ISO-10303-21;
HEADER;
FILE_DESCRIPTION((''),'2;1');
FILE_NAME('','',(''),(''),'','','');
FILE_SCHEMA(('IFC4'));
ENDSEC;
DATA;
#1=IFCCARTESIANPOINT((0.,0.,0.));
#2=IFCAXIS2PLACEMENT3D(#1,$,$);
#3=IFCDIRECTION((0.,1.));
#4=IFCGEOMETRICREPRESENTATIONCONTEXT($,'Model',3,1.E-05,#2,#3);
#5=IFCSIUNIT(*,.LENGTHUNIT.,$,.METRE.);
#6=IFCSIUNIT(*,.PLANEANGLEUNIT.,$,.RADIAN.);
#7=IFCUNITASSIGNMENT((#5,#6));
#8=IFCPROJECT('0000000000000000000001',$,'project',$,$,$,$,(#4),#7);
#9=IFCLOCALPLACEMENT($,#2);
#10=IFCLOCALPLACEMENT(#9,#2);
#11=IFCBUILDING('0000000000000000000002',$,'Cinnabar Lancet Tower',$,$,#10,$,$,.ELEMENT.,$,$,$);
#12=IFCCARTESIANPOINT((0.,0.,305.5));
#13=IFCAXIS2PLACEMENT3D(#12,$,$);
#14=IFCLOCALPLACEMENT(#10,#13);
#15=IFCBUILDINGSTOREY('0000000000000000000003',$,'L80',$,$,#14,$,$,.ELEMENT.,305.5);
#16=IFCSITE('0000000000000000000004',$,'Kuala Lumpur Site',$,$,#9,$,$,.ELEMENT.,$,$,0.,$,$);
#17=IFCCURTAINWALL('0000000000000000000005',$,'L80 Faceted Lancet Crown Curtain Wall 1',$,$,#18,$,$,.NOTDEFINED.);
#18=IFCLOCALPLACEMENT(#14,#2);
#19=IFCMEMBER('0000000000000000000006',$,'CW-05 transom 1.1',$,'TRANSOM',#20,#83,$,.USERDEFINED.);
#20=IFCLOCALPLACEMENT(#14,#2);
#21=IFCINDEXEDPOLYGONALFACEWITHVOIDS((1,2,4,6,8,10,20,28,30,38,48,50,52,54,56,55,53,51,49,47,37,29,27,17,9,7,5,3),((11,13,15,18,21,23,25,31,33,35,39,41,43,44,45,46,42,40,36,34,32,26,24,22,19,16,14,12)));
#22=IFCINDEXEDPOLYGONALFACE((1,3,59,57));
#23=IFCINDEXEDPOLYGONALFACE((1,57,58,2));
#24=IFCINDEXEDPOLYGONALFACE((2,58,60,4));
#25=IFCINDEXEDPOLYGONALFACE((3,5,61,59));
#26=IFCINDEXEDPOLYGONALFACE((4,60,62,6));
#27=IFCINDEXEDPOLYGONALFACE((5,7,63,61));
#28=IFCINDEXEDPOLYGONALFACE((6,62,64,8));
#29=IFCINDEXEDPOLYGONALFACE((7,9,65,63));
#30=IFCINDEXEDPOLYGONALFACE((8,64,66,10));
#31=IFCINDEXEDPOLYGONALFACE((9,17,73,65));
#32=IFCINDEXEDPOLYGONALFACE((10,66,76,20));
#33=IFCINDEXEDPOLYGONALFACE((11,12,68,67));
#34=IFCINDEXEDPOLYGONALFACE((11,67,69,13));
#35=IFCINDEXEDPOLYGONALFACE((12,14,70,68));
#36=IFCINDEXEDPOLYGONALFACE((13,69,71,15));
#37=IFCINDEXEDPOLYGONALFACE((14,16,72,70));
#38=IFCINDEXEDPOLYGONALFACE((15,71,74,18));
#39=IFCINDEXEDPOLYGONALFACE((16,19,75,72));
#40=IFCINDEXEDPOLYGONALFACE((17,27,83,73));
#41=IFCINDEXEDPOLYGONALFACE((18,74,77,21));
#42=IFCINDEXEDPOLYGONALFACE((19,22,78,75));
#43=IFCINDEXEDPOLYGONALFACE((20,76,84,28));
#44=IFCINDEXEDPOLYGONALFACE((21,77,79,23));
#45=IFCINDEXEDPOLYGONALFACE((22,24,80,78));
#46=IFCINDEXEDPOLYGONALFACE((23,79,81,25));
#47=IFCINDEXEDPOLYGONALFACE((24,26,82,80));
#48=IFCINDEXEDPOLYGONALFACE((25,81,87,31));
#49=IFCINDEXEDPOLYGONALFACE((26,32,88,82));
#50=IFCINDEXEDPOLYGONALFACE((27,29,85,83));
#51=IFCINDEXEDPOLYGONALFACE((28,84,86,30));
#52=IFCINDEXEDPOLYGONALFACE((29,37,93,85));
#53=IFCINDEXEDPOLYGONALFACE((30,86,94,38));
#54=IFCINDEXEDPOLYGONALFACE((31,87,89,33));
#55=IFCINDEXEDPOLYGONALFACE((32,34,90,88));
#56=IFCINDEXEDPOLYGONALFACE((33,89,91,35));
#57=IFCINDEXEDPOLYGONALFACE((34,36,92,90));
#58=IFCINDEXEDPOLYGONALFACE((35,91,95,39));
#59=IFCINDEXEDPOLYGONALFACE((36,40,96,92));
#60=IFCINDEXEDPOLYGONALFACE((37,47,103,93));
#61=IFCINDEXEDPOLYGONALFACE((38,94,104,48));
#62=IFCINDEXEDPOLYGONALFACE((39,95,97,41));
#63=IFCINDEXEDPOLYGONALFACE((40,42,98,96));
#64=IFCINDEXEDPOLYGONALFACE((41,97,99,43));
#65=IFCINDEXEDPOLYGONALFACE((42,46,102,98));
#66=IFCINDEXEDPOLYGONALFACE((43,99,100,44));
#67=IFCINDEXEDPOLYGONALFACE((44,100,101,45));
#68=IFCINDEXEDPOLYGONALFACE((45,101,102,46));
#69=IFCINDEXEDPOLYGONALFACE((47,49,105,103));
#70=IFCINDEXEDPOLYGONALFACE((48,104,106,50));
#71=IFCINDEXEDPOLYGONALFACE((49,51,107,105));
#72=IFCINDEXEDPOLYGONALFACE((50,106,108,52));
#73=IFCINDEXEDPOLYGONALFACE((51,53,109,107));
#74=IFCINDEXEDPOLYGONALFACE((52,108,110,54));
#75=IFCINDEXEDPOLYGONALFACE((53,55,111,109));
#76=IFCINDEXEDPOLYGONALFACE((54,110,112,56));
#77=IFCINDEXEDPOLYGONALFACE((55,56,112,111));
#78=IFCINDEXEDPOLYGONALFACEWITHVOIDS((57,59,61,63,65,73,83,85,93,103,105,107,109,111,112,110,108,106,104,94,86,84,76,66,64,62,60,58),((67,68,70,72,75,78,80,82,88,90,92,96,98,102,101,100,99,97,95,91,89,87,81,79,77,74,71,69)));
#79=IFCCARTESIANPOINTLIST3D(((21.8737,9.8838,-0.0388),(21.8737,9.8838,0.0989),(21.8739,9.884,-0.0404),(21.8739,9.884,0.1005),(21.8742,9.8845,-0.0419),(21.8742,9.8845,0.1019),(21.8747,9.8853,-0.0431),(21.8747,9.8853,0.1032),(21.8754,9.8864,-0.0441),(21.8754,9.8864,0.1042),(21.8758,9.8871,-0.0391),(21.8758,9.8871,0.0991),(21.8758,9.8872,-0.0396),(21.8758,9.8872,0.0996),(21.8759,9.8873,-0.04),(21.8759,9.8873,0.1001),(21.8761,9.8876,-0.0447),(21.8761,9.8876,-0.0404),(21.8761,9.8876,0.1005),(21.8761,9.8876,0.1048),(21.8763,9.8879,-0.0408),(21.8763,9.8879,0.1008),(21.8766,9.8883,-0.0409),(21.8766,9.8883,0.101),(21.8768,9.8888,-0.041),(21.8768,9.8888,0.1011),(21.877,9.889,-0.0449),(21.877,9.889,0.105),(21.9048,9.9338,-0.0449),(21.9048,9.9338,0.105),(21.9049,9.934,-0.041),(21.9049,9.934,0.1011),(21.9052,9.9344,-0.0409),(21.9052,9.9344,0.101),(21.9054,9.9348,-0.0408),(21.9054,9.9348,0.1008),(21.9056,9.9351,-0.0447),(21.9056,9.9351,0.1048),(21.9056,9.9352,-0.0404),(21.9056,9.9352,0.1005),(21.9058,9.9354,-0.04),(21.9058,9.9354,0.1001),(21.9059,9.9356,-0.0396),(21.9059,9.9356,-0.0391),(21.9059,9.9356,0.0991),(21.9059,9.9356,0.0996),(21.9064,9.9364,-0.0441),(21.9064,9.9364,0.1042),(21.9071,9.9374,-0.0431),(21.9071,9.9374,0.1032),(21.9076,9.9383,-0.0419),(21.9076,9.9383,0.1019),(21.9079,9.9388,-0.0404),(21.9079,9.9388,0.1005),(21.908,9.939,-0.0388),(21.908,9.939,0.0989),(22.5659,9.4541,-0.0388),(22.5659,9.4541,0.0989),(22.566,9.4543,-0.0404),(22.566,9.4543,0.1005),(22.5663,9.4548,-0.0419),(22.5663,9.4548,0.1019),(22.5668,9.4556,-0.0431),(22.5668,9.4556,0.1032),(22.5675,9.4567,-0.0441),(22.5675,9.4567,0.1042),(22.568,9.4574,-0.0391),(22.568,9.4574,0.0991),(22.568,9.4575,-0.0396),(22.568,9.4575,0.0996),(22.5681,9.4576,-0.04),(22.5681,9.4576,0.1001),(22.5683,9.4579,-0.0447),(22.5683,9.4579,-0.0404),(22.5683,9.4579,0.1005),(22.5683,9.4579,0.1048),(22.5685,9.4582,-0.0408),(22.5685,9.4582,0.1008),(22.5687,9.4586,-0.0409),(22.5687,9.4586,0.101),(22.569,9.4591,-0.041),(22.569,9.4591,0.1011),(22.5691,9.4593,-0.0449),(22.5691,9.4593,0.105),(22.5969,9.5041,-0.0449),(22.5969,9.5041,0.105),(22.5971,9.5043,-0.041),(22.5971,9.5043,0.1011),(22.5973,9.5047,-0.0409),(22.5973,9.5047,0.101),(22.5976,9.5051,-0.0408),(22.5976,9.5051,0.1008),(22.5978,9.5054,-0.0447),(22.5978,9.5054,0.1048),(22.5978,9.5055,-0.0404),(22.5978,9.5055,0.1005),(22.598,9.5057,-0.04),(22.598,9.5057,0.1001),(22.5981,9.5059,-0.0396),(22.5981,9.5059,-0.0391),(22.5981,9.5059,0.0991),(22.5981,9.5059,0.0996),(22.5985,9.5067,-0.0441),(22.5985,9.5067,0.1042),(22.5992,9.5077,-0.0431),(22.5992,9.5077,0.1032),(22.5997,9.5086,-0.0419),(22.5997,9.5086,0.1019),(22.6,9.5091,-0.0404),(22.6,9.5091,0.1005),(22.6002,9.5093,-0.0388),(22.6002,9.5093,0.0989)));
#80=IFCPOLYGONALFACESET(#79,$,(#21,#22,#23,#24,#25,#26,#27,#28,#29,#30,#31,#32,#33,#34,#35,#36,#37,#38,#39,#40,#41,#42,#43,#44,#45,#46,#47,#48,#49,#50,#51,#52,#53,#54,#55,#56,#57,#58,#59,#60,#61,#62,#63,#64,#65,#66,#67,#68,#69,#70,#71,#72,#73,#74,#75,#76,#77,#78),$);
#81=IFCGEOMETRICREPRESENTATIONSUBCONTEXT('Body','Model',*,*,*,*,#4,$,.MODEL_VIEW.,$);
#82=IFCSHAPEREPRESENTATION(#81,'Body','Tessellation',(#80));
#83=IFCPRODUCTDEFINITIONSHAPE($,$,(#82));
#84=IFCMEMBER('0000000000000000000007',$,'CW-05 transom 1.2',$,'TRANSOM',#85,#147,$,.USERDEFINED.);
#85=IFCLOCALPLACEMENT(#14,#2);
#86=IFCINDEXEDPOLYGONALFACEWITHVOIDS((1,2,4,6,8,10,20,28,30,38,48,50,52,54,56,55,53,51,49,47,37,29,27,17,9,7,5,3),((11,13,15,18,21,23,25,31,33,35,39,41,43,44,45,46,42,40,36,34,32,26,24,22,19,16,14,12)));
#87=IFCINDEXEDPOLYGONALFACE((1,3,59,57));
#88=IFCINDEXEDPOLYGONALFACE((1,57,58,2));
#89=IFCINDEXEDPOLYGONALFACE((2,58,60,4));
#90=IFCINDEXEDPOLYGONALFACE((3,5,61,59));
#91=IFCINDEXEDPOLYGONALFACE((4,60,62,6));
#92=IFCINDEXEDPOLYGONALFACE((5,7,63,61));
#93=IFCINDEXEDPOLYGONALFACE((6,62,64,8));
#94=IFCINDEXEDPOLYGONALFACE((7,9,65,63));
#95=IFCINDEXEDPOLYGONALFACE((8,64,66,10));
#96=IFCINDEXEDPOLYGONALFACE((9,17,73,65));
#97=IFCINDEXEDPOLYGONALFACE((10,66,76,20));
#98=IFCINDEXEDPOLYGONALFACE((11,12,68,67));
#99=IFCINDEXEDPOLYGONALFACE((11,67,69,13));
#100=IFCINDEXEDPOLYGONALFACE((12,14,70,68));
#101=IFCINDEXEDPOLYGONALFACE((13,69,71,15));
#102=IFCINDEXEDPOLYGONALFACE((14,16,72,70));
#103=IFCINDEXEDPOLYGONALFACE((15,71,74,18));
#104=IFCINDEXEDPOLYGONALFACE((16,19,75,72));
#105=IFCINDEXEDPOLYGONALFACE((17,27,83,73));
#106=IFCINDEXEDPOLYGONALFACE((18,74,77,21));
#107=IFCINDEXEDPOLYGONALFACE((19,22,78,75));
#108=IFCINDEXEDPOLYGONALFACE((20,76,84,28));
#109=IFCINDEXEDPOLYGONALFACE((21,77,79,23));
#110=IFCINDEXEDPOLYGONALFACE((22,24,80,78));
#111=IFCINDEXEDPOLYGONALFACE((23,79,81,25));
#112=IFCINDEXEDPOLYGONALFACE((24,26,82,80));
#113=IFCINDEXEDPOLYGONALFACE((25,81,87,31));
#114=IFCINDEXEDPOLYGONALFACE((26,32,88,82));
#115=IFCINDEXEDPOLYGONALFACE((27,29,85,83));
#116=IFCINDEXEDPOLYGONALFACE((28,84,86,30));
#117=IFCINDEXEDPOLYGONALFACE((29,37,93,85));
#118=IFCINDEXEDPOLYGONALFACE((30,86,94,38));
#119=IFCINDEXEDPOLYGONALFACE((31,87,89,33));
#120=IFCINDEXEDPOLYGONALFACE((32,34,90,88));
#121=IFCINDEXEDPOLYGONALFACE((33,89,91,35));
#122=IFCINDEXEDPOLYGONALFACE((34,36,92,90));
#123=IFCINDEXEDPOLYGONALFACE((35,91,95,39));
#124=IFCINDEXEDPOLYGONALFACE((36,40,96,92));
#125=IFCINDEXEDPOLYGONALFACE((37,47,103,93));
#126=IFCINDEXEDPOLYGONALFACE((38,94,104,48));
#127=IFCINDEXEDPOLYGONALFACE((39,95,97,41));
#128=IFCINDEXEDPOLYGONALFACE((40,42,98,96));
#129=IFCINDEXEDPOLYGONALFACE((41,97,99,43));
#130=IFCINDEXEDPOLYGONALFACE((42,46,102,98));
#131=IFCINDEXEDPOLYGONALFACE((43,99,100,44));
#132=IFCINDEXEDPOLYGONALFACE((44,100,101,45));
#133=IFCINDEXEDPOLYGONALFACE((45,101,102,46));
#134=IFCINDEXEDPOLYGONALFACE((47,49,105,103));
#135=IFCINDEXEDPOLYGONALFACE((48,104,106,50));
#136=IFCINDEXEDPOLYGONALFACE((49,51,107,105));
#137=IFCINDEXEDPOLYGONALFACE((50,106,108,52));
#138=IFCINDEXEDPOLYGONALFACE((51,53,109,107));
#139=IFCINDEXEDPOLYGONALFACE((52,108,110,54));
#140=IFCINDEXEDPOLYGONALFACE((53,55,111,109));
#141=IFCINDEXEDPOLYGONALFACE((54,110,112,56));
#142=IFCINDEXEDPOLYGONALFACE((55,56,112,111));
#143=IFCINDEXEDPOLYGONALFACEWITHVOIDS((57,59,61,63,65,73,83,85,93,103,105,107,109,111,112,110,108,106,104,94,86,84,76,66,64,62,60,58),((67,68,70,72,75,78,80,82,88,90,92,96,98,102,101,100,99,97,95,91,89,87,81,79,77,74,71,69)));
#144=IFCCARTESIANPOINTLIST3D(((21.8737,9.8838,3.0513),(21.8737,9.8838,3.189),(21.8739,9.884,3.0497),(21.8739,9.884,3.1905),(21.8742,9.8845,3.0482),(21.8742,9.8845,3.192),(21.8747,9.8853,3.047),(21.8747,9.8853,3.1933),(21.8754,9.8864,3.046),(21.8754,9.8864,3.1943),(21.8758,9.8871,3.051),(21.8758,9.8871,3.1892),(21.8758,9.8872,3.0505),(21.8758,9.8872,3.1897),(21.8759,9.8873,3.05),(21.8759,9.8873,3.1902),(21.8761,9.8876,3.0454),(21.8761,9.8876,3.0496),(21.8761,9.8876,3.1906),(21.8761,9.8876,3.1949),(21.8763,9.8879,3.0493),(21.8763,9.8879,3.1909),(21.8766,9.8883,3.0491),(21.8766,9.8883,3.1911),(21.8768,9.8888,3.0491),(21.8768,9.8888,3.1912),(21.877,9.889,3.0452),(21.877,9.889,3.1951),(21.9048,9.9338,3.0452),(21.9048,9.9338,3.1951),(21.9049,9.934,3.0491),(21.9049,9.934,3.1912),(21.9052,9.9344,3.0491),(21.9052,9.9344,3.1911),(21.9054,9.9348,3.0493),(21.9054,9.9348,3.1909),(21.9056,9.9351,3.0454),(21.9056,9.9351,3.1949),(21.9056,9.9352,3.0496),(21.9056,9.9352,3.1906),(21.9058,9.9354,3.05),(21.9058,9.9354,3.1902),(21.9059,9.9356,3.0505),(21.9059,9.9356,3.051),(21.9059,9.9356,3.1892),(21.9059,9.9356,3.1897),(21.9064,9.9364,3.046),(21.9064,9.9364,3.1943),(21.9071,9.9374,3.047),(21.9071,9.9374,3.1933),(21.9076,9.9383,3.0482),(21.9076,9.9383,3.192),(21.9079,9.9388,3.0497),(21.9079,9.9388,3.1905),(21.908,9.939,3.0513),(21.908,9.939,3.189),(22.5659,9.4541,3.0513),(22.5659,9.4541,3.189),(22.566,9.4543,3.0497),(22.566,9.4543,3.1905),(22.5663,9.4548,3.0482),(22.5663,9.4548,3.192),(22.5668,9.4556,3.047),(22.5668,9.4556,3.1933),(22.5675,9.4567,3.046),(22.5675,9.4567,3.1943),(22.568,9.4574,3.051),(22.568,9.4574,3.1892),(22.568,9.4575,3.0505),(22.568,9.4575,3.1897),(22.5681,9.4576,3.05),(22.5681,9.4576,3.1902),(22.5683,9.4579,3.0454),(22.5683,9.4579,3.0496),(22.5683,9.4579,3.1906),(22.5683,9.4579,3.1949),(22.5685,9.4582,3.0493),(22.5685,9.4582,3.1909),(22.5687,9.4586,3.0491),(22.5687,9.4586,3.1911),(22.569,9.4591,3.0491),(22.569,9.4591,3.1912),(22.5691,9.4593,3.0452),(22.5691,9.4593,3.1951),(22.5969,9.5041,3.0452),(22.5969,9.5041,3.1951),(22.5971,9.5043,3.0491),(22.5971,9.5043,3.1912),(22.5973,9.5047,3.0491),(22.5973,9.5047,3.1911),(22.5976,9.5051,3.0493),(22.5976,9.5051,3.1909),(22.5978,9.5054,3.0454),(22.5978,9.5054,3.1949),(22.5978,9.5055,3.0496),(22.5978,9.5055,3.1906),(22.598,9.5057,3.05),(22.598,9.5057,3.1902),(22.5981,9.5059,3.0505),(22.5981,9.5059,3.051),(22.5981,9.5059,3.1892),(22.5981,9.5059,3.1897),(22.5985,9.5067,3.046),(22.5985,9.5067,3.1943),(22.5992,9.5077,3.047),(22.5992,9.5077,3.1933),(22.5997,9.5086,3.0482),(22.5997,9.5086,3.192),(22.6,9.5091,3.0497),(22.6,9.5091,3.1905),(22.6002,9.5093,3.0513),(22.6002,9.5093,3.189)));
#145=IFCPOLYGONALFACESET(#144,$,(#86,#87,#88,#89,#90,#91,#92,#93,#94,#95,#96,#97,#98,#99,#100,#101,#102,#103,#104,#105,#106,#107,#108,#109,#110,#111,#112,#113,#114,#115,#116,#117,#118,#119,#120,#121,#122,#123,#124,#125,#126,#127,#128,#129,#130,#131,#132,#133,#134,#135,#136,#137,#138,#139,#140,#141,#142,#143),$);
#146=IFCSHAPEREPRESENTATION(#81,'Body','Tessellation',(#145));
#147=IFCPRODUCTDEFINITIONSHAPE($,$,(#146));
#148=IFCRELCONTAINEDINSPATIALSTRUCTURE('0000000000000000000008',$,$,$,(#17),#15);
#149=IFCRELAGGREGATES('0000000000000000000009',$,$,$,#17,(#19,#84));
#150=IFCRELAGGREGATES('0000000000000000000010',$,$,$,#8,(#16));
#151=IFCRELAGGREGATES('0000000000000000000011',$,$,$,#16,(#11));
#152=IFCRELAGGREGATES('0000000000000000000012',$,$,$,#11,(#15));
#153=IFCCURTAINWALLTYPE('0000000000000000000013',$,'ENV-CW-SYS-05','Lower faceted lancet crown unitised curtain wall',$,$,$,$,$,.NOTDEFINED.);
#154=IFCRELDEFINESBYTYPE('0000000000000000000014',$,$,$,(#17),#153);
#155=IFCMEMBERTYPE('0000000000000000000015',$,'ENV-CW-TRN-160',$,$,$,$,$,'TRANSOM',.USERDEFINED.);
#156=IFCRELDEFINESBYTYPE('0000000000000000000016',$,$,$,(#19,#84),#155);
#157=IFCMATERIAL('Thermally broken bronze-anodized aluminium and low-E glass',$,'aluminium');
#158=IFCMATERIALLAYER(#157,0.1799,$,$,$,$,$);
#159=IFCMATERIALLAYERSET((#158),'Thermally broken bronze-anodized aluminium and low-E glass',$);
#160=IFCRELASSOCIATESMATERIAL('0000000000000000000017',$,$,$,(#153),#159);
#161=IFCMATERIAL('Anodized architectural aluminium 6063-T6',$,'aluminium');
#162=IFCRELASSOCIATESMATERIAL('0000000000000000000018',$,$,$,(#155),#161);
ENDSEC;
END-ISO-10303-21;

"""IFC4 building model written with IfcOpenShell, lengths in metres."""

from ifc_helpers import new_model, si_unit, direction, frame, origin, origin_2d, place, context, subcontext, project, spatial, hollow_rectangle, extrude, material, layer, layer_set, material_profile, profile_set, type_object, element, aggregate, save


model = new_model("IFC4")

# Units and contexts
model_context = context("Model", 3, precision=1e-05, world=origin(), true_north=direction((0.0, 1.0)))
body_context = subcontext(model_context, "Body", "Model", "MODEL_VIEW")
ifc_project = project(units=[si_unit("LENGTHUNIT", "METRE"), si_unit("PLANEANGLEUNIT", "RADIAN")], contexts=[model_context])

# Site, building, storey
site_placement = place(None, origin())
site = spatial("IfcSite", under=ifc_project, at=site_placement, Name="Kuala Lumpur Site", CompositionType="ELEMENT", RefElevation=0.0)
building_placement = place(site_placement, origin())
building = spatial("IfcBuilding", under=site, at=building_placement, Name="Cinnabar Lancet Tower", CompositionType="ELEMENT")
storey_placement = place(building_placement, frame((0.0, 0.0, 305.5)))
storey = spatial("IfcBuildingStorey", under=building, at=storey_placement, Name="L80", CompositionType="ELEMENT", Elevation=305.5)

# Curtain wall
ifc_material_1 = material(Name="Thermally broken bronze-anodized aluminium and low-E glass", Category="aluminium")
ifc_layer_1 = layer(ifc_material_1, 0.1799)
ifc_layer_set_1 = layer_set([ifc_layer_1], Name="Thermally broken bronze-anodized aluminium and low-E glass")
curtain_wall_type = type_object("IfcCurtainWallType", Name="ENV-CW-SYS-05", Description="Lower faceted lancet crown unitised curtain wall", PredefinedType="NOTDEFINED", material=ifc_layer_set_1)
curtain_wall_1_placement = place(storey_placement, origin())
curtain_wall_1 = element("IfcCurtainWall", 1, at=curtain_wall_1_placement, inside=storey, type_object=curtain_wall_type, Name="L80 Faceted Lancet Crown Curtain Wall 1", PredefinedType="NOTDEFINED")

# Members
ifc_material_2 = material(Name="Anodized architectural aluminium 6063-T6", Category="aluminium")
ifc_material_profile_1 = material_profile(ifc_material_2, hollow_rectangle(XDim=0.0649, YDim=0.1499, WallThickness=0.0039, InnerFilletRadius=0.002, OuterFilletRadius=0.0061, at=origin_2d()), Name="CW-TRN 150x65x4")
ifc_profile_set_1 = profile_set([ifc_material_profile_1], Name="Anodized architectural aluminium 6063-T6")
member_type_1 = type_object("IfcMemberType", Name="ENV-CW-TRN-160", ElementType="TRANSOM", PredefinedType="USERDEFINED", material=ifc_profile_set_1)
member_1_placement = place(storey_placement, frame((21.8909, 9.9114, 0.03), z_axis=(0.849594, -0.527437, 0.0), x_axis=(0.527437, 0.849594, 0.0)))
member_1 = element("IfcMember", 2, at=member_1_placement, type_object=member_type_1, Name="CW-05 transom 1.1", ObjectType="TRANSOM", PredefinedType="USERDEFINED", context=body_context, shape_type="SweptSolid", body=[
    extrude(hollow_rectangle(XDim=0.0649, YDim=0.1499, WallThickness=0.0039, InnerFilletRadius=0.002, OuterFilletRadius=0.0061, at=origin_2d()), origin(), (0.0, 0.0, 1.0), 0.8147),
])
member_2_placement = place(storey_placement, frame((21.8909, 9.9114, 3.1201), z_axis=(0.849594, -0.527437, 0.0), x_axis=(0.527437, 0.849594, 0.0)))
member_2 = element("IfcMember", 3, at=member_2_placement, type_object=member_type_1, Name="CW-05 transom 1.2", ObjectType="TRANSOM", PredefinedType="USERDEFINED", context=body_context, shape_type="SweptSolid", body=[
    extrude(hollow_rectangle(XDim=0.0649, YDim=0.1499, WallThickness=0.0039, InnerFilletRadius=0.002, OuterFilletRadius=0.0061, at=origin_2d()), origin(), (0.0, 0.0, 1.0), 0.8147),
])

aggregate(curtain_wall_1, [member_1, member_2])

save(model, "model.ifc")
